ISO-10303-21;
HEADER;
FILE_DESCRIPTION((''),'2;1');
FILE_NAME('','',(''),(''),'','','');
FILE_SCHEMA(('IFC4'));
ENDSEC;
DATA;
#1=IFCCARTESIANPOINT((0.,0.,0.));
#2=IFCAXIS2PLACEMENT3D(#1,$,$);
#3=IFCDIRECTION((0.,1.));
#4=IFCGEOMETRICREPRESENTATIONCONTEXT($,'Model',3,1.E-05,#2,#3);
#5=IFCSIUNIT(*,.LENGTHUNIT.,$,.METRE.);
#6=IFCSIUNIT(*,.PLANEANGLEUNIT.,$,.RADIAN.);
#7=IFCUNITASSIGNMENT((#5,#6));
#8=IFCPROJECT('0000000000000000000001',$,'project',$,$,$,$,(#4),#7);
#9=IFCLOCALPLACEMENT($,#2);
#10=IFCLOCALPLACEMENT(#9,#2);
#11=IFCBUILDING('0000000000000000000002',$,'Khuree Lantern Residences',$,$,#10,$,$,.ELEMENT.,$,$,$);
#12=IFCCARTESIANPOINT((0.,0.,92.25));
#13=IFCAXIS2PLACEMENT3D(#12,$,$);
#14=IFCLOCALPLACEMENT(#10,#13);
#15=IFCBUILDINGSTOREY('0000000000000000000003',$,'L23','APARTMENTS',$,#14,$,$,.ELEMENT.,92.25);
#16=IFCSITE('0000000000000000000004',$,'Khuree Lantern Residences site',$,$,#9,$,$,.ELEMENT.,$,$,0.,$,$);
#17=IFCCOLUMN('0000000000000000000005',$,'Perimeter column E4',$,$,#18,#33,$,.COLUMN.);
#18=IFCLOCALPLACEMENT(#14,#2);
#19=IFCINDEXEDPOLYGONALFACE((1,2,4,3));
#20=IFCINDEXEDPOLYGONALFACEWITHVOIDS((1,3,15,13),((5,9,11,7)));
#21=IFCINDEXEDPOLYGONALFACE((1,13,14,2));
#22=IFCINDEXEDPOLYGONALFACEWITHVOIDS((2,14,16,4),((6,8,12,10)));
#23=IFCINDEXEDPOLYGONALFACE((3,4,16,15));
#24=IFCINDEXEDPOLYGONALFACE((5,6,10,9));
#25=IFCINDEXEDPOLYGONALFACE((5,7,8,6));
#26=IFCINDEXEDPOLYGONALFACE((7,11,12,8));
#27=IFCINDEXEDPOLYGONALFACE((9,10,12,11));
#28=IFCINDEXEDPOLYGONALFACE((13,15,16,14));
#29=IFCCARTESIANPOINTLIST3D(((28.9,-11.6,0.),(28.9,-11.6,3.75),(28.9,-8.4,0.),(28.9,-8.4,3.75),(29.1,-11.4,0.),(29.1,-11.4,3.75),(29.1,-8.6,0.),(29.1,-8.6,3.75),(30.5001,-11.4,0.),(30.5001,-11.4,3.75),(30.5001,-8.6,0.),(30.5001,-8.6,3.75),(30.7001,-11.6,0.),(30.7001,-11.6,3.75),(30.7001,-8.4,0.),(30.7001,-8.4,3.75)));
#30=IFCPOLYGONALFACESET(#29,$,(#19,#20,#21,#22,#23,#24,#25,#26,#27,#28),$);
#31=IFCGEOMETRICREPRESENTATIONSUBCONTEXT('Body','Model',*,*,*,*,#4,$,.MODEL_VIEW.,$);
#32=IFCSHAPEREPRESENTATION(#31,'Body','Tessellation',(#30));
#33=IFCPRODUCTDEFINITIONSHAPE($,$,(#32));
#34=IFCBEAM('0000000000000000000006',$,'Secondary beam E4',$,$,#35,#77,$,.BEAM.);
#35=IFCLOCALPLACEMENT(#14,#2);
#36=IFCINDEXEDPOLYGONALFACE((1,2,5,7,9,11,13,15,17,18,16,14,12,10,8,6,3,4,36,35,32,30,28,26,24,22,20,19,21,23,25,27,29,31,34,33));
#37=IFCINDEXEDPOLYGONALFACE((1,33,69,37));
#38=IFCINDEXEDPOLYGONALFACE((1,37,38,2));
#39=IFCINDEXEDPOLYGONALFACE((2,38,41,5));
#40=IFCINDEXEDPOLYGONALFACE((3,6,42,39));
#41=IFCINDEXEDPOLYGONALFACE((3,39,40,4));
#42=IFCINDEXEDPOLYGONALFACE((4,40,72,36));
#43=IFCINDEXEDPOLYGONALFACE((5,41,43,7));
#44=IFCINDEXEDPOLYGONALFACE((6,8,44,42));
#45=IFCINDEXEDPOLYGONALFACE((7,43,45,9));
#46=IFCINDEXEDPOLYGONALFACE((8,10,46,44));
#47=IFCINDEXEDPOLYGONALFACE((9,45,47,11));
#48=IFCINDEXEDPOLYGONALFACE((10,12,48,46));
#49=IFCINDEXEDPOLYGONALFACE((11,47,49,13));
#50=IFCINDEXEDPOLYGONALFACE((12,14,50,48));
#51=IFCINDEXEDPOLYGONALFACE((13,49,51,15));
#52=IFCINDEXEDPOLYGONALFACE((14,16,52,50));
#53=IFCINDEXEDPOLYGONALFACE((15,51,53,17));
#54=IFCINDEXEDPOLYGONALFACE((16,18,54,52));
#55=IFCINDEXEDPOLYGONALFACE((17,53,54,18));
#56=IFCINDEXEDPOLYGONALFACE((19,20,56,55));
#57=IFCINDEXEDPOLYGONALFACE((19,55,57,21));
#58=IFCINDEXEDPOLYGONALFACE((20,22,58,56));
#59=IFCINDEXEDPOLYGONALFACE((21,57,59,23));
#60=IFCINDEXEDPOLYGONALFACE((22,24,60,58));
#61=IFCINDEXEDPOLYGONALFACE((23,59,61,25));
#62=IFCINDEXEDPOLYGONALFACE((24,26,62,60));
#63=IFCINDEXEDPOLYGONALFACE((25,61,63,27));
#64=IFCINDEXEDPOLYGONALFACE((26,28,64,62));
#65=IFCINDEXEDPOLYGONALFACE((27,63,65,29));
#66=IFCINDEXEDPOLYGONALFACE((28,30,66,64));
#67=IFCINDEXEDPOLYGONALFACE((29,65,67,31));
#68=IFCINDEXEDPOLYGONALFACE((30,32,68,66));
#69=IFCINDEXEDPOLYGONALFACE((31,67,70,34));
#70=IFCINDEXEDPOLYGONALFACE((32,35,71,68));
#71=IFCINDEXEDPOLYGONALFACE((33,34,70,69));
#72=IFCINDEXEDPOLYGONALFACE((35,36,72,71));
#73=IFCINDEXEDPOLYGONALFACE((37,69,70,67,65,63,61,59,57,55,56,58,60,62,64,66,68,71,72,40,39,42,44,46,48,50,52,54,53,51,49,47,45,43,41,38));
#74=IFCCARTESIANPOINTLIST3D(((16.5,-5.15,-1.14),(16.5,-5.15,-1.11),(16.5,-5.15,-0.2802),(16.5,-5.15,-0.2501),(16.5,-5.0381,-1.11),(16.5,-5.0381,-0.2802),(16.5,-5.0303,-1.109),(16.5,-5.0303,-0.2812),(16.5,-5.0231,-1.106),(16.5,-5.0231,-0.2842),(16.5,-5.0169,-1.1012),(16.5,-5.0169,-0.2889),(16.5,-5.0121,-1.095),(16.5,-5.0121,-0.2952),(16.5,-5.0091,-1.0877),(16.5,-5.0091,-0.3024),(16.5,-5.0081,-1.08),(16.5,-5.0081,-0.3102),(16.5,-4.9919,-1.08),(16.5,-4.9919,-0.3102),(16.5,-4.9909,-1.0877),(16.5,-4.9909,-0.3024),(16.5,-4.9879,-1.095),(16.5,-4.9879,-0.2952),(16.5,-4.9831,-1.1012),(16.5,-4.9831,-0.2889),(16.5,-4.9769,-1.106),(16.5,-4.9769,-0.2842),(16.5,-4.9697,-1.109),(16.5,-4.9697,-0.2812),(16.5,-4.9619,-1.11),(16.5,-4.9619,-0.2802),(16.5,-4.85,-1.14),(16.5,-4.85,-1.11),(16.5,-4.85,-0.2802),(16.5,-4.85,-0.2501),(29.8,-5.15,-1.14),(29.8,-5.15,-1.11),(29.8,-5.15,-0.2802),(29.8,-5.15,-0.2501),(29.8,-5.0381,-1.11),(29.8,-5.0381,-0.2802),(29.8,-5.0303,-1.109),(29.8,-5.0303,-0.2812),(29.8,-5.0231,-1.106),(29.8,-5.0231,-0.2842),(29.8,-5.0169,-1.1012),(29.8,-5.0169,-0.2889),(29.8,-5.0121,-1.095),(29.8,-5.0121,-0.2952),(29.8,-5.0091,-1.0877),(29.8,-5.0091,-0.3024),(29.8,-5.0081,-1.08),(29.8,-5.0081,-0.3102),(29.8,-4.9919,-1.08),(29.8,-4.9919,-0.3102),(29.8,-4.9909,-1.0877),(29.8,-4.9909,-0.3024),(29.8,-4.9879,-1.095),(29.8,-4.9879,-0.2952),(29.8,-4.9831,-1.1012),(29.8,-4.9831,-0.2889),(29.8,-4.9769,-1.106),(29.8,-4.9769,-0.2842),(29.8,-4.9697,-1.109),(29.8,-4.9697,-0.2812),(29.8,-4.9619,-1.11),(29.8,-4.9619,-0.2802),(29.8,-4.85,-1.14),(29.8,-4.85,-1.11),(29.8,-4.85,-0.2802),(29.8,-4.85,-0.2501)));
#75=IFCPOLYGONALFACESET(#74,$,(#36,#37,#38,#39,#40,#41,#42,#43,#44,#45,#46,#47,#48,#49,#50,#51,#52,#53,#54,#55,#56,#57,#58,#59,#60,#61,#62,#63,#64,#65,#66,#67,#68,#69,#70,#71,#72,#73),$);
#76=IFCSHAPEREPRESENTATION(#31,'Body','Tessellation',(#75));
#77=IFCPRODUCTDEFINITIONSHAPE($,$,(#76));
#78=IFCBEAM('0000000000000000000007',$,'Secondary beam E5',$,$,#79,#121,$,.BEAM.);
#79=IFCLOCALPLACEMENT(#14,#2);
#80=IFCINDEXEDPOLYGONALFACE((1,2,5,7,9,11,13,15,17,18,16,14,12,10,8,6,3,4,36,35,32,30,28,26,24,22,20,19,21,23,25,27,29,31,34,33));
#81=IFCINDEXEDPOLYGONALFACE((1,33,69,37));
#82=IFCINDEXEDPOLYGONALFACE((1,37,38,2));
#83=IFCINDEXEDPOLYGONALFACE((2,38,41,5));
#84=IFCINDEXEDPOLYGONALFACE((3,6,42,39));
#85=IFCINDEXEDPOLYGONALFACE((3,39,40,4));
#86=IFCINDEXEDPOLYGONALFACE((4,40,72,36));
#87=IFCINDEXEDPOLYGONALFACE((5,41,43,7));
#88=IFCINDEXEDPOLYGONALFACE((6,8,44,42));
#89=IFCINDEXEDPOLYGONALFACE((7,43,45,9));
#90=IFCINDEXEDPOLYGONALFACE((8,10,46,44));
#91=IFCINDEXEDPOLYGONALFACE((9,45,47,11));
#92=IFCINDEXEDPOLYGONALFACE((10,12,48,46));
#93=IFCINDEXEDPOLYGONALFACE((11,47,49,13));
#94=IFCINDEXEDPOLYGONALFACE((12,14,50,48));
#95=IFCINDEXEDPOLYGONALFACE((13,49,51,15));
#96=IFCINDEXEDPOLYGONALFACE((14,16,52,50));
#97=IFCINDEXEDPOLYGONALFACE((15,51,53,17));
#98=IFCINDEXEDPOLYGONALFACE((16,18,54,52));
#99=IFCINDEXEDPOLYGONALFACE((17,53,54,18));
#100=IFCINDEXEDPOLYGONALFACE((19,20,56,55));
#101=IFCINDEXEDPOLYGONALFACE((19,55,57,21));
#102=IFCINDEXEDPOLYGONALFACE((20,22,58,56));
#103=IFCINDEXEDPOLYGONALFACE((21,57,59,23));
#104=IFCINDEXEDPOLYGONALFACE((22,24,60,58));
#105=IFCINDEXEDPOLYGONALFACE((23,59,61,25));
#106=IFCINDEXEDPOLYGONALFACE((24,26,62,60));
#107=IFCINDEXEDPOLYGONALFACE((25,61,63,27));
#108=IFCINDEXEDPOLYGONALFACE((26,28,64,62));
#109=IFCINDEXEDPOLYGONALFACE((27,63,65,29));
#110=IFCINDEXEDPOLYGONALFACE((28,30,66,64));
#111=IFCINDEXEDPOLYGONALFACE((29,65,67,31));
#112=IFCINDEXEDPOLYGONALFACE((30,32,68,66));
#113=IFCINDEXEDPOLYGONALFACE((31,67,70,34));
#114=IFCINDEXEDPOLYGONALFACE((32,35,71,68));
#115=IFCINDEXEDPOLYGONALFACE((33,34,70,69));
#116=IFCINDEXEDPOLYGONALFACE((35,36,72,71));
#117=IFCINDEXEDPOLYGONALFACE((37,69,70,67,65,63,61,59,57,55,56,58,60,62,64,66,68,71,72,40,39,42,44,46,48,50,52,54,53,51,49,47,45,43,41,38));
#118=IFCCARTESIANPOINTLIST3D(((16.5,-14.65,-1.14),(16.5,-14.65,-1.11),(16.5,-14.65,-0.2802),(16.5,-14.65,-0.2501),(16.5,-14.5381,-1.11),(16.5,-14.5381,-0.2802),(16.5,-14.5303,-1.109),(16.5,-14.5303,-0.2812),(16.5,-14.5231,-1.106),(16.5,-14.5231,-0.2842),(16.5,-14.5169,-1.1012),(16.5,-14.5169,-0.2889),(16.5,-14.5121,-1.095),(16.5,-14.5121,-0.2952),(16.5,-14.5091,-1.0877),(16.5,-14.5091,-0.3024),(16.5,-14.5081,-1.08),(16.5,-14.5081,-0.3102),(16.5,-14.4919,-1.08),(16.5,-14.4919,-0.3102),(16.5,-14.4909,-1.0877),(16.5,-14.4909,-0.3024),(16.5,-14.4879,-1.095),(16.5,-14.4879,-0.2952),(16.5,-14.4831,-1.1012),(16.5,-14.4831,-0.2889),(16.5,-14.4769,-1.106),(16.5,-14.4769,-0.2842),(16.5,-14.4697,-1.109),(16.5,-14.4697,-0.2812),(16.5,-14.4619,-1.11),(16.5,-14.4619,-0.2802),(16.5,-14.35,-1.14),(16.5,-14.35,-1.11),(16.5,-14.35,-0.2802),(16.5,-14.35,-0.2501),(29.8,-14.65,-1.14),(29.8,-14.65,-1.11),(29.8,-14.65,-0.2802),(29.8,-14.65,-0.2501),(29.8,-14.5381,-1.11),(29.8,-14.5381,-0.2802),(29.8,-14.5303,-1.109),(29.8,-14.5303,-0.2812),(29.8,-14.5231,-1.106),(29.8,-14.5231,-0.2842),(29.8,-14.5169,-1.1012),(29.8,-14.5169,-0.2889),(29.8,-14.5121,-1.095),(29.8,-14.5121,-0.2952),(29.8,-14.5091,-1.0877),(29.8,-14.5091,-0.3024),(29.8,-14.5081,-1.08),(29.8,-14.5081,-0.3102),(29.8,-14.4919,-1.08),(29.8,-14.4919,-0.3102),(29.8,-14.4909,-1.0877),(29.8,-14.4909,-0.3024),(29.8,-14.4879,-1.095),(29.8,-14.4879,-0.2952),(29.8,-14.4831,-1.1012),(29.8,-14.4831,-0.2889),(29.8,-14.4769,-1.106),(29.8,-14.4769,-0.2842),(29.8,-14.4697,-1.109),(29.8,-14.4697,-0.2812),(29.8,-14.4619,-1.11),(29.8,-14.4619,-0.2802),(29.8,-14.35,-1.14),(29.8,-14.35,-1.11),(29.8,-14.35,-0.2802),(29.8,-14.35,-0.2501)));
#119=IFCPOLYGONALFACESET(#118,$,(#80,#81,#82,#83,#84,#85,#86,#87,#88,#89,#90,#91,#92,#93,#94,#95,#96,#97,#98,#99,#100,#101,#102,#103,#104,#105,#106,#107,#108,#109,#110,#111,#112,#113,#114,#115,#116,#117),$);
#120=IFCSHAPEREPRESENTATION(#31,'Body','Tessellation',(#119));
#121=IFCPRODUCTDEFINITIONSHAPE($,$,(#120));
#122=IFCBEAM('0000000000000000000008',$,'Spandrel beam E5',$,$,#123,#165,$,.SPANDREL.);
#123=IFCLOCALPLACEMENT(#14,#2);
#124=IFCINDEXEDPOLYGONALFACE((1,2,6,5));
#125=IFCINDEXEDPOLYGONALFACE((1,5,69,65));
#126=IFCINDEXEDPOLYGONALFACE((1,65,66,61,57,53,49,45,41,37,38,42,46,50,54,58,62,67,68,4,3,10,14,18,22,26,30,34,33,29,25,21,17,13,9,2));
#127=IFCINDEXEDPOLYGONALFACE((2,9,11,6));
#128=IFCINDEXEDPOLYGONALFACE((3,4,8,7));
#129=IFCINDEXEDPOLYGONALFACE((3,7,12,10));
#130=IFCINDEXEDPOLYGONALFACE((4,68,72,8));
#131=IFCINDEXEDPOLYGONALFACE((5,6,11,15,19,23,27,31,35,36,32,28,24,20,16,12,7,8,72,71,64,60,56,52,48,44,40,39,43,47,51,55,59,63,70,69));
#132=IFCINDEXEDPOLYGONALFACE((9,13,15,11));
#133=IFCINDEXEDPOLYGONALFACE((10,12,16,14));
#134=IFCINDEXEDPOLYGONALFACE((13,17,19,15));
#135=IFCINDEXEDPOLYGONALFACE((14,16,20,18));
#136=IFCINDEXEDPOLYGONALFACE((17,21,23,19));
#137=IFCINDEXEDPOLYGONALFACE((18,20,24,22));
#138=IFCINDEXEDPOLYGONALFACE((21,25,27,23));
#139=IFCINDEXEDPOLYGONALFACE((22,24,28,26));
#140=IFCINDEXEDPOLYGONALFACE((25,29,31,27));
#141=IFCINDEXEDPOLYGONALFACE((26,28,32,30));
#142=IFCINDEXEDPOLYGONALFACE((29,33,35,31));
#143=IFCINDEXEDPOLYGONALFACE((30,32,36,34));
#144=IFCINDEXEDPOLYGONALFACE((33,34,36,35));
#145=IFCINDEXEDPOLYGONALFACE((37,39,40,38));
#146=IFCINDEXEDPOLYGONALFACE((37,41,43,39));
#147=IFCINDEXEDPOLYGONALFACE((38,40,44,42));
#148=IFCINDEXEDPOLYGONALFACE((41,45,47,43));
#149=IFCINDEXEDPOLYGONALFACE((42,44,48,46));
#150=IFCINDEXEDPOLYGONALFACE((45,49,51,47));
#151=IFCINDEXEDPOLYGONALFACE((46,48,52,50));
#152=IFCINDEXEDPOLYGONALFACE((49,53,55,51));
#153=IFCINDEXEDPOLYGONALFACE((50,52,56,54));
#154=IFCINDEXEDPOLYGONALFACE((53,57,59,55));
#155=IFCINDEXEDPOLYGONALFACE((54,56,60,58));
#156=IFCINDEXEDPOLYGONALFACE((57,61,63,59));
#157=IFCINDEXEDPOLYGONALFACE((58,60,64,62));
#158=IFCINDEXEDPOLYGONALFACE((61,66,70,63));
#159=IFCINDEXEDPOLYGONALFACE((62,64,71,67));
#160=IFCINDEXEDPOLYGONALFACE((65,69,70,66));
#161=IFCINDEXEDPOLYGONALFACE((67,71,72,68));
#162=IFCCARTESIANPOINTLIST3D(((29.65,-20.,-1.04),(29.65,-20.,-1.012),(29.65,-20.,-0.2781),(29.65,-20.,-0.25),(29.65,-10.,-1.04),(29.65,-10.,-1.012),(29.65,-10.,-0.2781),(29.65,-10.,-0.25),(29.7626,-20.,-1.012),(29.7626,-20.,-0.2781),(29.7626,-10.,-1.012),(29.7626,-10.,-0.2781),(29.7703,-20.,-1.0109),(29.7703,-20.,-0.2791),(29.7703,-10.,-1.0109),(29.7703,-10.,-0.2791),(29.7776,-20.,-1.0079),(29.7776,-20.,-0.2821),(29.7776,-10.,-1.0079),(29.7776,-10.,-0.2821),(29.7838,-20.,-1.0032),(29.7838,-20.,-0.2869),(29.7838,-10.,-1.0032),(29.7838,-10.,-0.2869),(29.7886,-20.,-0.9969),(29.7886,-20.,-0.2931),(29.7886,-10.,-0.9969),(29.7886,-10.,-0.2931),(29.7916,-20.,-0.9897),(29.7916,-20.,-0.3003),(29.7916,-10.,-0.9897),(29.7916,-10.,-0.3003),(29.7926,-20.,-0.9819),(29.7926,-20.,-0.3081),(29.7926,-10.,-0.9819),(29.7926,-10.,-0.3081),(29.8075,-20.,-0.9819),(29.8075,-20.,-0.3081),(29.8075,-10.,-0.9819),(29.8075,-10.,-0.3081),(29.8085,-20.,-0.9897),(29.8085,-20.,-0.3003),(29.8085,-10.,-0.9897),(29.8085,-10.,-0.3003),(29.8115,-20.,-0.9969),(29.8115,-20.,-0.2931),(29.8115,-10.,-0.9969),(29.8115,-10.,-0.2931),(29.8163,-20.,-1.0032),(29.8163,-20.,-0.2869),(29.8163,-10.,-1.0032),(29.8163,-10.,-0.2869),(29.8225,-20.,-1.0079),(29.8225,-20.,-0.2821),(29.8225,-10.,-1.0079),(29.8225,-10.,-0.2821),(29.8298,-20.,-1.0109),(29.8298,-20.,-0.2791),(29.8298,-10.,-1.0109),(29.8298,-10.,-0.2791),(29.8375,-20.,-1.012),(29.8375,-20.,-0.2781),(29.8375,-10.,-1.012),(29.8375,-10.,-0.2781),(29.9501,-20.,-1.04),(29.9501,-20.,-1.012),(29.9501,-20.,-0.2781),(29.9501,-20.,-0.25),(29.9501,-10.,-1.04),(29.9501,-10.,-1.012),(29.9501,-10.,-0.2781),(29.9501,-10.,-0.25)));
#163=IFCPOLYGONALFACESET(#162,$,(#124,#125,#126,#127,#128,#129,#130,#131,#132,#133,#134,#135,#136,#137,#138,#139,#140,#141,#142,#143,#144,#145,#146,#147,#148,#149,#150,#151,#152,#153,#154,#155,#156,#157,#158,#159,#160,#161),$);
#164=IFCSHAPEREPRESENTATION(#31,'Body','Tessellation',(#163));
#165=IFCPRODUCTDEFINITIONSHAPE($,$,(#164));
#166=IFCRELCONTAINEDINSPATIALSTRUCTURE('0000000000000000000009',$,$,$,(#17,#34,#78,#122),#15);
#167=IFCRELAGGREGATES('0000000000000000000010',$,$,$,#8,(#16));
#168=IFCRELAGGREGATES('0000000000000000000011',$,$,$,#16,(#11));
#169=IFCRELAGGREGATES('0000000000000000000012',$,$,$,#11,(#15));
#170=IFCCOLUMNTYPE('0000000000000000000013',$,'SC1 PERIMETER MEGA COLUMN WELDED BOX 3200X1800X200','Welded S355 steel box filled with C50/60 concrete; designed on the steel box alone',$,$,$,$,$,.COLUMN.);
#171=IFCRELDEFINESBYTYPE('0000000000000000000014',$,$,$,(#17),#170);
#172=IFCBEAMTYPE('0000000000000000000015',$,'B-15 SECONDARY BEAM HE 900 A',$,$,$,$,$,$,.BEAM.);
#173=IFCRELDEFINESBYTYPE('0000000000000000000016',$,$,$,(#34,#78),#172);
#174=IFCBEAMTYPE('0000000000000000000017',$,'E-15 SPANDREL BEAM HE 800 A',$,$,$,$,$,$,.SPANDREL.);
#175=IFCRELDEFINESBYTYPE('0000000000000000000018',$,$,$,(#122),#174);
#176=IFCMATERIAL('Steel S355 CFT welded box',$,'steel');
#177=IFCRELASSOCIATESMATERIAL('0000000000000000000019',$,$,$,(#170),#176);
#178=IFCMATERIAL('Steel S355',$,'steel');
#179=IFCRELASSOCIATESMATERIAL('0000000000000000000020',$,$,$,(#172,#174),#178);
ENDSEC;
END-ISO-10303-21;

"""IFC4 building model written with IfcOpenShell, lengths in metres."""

from ifc_helpers import new_model, si_unit, direction, frame, origin, origin_2d, place, context, subcontext, project, spatial, hollow_rectangle, i_section, extrude, material, material_profile, profile_set, type_object, element, save


model = new_model("IFC4")

# Units and contexts
model_context = context("Model", 3, precision=1e-05, world=origin(), true_north=direction((0.0, 1.0)))
body_context = subcontext(model_context, "Body", "Model", "MODEL_VIEW")
ifc_project = project(units=[si_unit("LENGTHUNIT", "METRE"), si_unit("PLANEANGLEUNIT", "RADIAN")], contexts=[model_context])

# Site, building, storey
site_placement = place(None, origin())
site = spatial("IfcSite", under=ifc_project, at=site_placement, Name="Khuree Lantern Residences site", CompositionType="ELEMENT", RefElevation=0.0)
building_placement = place(site_placement, origin())
building = spatial("IfcBuilding", under=site, at=building_placement, Name="Khuree Lantern Residences", CompositionType="ELEMENT")
storey_placement = place(building_placement, frame((0.0, 0.0, 92.25)))
storey = spatial("IfcBuildingStorey", under=building, at=storey_placement, Name="L23", Description="APARTMENTS", CompositionType="ELEMENT", Elevation=92.25)

# Column
ifc_material_1 = material(Name="Steel S355 CFT welded box", Category="steel")
ifc_material_profile_1 = material_profile(ifc_material_1, hollow_rectangle(XDim=3.2, YDim=1.8, WallThickness=0.2, at=origin_2d()), Name="WELDED BOX 3200X1800X200")
ifc_profile_set_1 = profile_set([ifc_material_profile_1], Name="Steel S355 CFT welded box")
column_type = type_object("IfcColumnType", Name="SC1 PERIMETER MEGA COLUMN WELDED BOX 3200X1800X200", Description="Welded S355 steel box filled with C50/60 concrete; designed on the steel box alone", PredefinedType="COLUMN", material=ifc_profile_set_1)
column_placement = place(storey_placement, frame((29.8, -10.0, 0.0), z_axis=(0.0, 0.0, 1.0), x_axis=(0.0, 1.0, 0.0)))
element("IfcColumn", 1, at=column_placement, inside=storey, type_object=column_type, Name="Perimeter column E4", PredefinedType="COLUMN", context=body_context, shape_type="SweptSolid", body=[
    extrude(hollow_rectangle(XDim=3.2, YDim=1.8, WallThickness=0.2, at=origin_2d()), origin(), (0.0, 0.0, 1.0), 3.75),
])

# Beams
ifc_material_2 = material(Name="Steel S355", Category="steel")
ifc_material_profile_2 = material_profile(ifc_material_2, i_section(OverallWidth=0.3, OverallDepth=0.8899, WebThickness=0.0161, FlangeThickness=0.03, FilletRadius=0.03, at=origin_2d()), Name="HE 900 A")
ifc_profile_set_2 = profile_set([ifc_material_profile_2], Name="Steel S355")
beam_type_1 = type_object("IfcBeamType", Name="B-15 SECONDARY BEAM HE 900 A", PredefinedType="BEAM", material=ifc_profile_set_2)
for number, where, z_axis, x_axis, name in (
    (2, (29.8, -5.0, -0.6951), (-1.0, 0.0, 0.0), (0.0, -1.0, 0.0), "Secondary beam E4"),
    (3, (29.8, -14.5, -0.6951), (-1.0, 0.0, 0.0), (0.0, -1.0, 0.0), "Secondary beam E5"),
):
    element("IfcBeam", number, at=place(storey_placement, frame(where, z_axis=z_axis, x_axis=x_axis)), inside=storey, type_object=beam_type_1, Name=name, PredefinedType="BEAM", context=body_context, shape_type="SweptSolid", body=[
        extrude(i_section(OverallWidth=0.3, OverallDepth=0.8899, WebThickness=0.0161, FlangeThickness=0.03, FilletRadius=0.03, at=origin_2d()), origin(), (0.0, 0.0, 1.0), 13.3),
    ])
ifc_material_profile_3 = material_profile(ifc_material_2, i_section(OverallWidth=0.3, OverallDepth=0.79, WebThickness=0.0149, FlangeThickness=0.0281, FilletRadius=0.03, at=origin_2d()), Name="HE 800 A")
ifc_profile_set_3 = profile_set([ifc_material_profile_3], Name="Steel S355")
beam_type_2 = type_object("IfcBeamType", Name="E-15 SPANDREL BEAM HE 800 A", PredefinedType="SPANDREL", material=ifc_profile_set_3)
beam_1_placement = place(storey_placement, frame((29.8, -10.0, -0.645), z_axis=(0.0, -1.0, 0.0), x_axis=(1.0, 0.0, 0.0)))
element("IfcBeam", 4, at=beam_1_placement, inside=storey, type_object=beam_type_2, Name="Spandrel beam E5", PredefinedType="SPANDREL", context=body_context, shape_type="SweptSolid", body=[
    extrude(i_section(OverallWidth=0.3, OverallDepth=0.79, WebThickness=0.0149, FlangeThickness=0.0281, FilletRadius=0.03, at=origin_2d()), origin(), (0.0, 0.0, 1.0), 10.0),
])

save(model, "model.ifc")
